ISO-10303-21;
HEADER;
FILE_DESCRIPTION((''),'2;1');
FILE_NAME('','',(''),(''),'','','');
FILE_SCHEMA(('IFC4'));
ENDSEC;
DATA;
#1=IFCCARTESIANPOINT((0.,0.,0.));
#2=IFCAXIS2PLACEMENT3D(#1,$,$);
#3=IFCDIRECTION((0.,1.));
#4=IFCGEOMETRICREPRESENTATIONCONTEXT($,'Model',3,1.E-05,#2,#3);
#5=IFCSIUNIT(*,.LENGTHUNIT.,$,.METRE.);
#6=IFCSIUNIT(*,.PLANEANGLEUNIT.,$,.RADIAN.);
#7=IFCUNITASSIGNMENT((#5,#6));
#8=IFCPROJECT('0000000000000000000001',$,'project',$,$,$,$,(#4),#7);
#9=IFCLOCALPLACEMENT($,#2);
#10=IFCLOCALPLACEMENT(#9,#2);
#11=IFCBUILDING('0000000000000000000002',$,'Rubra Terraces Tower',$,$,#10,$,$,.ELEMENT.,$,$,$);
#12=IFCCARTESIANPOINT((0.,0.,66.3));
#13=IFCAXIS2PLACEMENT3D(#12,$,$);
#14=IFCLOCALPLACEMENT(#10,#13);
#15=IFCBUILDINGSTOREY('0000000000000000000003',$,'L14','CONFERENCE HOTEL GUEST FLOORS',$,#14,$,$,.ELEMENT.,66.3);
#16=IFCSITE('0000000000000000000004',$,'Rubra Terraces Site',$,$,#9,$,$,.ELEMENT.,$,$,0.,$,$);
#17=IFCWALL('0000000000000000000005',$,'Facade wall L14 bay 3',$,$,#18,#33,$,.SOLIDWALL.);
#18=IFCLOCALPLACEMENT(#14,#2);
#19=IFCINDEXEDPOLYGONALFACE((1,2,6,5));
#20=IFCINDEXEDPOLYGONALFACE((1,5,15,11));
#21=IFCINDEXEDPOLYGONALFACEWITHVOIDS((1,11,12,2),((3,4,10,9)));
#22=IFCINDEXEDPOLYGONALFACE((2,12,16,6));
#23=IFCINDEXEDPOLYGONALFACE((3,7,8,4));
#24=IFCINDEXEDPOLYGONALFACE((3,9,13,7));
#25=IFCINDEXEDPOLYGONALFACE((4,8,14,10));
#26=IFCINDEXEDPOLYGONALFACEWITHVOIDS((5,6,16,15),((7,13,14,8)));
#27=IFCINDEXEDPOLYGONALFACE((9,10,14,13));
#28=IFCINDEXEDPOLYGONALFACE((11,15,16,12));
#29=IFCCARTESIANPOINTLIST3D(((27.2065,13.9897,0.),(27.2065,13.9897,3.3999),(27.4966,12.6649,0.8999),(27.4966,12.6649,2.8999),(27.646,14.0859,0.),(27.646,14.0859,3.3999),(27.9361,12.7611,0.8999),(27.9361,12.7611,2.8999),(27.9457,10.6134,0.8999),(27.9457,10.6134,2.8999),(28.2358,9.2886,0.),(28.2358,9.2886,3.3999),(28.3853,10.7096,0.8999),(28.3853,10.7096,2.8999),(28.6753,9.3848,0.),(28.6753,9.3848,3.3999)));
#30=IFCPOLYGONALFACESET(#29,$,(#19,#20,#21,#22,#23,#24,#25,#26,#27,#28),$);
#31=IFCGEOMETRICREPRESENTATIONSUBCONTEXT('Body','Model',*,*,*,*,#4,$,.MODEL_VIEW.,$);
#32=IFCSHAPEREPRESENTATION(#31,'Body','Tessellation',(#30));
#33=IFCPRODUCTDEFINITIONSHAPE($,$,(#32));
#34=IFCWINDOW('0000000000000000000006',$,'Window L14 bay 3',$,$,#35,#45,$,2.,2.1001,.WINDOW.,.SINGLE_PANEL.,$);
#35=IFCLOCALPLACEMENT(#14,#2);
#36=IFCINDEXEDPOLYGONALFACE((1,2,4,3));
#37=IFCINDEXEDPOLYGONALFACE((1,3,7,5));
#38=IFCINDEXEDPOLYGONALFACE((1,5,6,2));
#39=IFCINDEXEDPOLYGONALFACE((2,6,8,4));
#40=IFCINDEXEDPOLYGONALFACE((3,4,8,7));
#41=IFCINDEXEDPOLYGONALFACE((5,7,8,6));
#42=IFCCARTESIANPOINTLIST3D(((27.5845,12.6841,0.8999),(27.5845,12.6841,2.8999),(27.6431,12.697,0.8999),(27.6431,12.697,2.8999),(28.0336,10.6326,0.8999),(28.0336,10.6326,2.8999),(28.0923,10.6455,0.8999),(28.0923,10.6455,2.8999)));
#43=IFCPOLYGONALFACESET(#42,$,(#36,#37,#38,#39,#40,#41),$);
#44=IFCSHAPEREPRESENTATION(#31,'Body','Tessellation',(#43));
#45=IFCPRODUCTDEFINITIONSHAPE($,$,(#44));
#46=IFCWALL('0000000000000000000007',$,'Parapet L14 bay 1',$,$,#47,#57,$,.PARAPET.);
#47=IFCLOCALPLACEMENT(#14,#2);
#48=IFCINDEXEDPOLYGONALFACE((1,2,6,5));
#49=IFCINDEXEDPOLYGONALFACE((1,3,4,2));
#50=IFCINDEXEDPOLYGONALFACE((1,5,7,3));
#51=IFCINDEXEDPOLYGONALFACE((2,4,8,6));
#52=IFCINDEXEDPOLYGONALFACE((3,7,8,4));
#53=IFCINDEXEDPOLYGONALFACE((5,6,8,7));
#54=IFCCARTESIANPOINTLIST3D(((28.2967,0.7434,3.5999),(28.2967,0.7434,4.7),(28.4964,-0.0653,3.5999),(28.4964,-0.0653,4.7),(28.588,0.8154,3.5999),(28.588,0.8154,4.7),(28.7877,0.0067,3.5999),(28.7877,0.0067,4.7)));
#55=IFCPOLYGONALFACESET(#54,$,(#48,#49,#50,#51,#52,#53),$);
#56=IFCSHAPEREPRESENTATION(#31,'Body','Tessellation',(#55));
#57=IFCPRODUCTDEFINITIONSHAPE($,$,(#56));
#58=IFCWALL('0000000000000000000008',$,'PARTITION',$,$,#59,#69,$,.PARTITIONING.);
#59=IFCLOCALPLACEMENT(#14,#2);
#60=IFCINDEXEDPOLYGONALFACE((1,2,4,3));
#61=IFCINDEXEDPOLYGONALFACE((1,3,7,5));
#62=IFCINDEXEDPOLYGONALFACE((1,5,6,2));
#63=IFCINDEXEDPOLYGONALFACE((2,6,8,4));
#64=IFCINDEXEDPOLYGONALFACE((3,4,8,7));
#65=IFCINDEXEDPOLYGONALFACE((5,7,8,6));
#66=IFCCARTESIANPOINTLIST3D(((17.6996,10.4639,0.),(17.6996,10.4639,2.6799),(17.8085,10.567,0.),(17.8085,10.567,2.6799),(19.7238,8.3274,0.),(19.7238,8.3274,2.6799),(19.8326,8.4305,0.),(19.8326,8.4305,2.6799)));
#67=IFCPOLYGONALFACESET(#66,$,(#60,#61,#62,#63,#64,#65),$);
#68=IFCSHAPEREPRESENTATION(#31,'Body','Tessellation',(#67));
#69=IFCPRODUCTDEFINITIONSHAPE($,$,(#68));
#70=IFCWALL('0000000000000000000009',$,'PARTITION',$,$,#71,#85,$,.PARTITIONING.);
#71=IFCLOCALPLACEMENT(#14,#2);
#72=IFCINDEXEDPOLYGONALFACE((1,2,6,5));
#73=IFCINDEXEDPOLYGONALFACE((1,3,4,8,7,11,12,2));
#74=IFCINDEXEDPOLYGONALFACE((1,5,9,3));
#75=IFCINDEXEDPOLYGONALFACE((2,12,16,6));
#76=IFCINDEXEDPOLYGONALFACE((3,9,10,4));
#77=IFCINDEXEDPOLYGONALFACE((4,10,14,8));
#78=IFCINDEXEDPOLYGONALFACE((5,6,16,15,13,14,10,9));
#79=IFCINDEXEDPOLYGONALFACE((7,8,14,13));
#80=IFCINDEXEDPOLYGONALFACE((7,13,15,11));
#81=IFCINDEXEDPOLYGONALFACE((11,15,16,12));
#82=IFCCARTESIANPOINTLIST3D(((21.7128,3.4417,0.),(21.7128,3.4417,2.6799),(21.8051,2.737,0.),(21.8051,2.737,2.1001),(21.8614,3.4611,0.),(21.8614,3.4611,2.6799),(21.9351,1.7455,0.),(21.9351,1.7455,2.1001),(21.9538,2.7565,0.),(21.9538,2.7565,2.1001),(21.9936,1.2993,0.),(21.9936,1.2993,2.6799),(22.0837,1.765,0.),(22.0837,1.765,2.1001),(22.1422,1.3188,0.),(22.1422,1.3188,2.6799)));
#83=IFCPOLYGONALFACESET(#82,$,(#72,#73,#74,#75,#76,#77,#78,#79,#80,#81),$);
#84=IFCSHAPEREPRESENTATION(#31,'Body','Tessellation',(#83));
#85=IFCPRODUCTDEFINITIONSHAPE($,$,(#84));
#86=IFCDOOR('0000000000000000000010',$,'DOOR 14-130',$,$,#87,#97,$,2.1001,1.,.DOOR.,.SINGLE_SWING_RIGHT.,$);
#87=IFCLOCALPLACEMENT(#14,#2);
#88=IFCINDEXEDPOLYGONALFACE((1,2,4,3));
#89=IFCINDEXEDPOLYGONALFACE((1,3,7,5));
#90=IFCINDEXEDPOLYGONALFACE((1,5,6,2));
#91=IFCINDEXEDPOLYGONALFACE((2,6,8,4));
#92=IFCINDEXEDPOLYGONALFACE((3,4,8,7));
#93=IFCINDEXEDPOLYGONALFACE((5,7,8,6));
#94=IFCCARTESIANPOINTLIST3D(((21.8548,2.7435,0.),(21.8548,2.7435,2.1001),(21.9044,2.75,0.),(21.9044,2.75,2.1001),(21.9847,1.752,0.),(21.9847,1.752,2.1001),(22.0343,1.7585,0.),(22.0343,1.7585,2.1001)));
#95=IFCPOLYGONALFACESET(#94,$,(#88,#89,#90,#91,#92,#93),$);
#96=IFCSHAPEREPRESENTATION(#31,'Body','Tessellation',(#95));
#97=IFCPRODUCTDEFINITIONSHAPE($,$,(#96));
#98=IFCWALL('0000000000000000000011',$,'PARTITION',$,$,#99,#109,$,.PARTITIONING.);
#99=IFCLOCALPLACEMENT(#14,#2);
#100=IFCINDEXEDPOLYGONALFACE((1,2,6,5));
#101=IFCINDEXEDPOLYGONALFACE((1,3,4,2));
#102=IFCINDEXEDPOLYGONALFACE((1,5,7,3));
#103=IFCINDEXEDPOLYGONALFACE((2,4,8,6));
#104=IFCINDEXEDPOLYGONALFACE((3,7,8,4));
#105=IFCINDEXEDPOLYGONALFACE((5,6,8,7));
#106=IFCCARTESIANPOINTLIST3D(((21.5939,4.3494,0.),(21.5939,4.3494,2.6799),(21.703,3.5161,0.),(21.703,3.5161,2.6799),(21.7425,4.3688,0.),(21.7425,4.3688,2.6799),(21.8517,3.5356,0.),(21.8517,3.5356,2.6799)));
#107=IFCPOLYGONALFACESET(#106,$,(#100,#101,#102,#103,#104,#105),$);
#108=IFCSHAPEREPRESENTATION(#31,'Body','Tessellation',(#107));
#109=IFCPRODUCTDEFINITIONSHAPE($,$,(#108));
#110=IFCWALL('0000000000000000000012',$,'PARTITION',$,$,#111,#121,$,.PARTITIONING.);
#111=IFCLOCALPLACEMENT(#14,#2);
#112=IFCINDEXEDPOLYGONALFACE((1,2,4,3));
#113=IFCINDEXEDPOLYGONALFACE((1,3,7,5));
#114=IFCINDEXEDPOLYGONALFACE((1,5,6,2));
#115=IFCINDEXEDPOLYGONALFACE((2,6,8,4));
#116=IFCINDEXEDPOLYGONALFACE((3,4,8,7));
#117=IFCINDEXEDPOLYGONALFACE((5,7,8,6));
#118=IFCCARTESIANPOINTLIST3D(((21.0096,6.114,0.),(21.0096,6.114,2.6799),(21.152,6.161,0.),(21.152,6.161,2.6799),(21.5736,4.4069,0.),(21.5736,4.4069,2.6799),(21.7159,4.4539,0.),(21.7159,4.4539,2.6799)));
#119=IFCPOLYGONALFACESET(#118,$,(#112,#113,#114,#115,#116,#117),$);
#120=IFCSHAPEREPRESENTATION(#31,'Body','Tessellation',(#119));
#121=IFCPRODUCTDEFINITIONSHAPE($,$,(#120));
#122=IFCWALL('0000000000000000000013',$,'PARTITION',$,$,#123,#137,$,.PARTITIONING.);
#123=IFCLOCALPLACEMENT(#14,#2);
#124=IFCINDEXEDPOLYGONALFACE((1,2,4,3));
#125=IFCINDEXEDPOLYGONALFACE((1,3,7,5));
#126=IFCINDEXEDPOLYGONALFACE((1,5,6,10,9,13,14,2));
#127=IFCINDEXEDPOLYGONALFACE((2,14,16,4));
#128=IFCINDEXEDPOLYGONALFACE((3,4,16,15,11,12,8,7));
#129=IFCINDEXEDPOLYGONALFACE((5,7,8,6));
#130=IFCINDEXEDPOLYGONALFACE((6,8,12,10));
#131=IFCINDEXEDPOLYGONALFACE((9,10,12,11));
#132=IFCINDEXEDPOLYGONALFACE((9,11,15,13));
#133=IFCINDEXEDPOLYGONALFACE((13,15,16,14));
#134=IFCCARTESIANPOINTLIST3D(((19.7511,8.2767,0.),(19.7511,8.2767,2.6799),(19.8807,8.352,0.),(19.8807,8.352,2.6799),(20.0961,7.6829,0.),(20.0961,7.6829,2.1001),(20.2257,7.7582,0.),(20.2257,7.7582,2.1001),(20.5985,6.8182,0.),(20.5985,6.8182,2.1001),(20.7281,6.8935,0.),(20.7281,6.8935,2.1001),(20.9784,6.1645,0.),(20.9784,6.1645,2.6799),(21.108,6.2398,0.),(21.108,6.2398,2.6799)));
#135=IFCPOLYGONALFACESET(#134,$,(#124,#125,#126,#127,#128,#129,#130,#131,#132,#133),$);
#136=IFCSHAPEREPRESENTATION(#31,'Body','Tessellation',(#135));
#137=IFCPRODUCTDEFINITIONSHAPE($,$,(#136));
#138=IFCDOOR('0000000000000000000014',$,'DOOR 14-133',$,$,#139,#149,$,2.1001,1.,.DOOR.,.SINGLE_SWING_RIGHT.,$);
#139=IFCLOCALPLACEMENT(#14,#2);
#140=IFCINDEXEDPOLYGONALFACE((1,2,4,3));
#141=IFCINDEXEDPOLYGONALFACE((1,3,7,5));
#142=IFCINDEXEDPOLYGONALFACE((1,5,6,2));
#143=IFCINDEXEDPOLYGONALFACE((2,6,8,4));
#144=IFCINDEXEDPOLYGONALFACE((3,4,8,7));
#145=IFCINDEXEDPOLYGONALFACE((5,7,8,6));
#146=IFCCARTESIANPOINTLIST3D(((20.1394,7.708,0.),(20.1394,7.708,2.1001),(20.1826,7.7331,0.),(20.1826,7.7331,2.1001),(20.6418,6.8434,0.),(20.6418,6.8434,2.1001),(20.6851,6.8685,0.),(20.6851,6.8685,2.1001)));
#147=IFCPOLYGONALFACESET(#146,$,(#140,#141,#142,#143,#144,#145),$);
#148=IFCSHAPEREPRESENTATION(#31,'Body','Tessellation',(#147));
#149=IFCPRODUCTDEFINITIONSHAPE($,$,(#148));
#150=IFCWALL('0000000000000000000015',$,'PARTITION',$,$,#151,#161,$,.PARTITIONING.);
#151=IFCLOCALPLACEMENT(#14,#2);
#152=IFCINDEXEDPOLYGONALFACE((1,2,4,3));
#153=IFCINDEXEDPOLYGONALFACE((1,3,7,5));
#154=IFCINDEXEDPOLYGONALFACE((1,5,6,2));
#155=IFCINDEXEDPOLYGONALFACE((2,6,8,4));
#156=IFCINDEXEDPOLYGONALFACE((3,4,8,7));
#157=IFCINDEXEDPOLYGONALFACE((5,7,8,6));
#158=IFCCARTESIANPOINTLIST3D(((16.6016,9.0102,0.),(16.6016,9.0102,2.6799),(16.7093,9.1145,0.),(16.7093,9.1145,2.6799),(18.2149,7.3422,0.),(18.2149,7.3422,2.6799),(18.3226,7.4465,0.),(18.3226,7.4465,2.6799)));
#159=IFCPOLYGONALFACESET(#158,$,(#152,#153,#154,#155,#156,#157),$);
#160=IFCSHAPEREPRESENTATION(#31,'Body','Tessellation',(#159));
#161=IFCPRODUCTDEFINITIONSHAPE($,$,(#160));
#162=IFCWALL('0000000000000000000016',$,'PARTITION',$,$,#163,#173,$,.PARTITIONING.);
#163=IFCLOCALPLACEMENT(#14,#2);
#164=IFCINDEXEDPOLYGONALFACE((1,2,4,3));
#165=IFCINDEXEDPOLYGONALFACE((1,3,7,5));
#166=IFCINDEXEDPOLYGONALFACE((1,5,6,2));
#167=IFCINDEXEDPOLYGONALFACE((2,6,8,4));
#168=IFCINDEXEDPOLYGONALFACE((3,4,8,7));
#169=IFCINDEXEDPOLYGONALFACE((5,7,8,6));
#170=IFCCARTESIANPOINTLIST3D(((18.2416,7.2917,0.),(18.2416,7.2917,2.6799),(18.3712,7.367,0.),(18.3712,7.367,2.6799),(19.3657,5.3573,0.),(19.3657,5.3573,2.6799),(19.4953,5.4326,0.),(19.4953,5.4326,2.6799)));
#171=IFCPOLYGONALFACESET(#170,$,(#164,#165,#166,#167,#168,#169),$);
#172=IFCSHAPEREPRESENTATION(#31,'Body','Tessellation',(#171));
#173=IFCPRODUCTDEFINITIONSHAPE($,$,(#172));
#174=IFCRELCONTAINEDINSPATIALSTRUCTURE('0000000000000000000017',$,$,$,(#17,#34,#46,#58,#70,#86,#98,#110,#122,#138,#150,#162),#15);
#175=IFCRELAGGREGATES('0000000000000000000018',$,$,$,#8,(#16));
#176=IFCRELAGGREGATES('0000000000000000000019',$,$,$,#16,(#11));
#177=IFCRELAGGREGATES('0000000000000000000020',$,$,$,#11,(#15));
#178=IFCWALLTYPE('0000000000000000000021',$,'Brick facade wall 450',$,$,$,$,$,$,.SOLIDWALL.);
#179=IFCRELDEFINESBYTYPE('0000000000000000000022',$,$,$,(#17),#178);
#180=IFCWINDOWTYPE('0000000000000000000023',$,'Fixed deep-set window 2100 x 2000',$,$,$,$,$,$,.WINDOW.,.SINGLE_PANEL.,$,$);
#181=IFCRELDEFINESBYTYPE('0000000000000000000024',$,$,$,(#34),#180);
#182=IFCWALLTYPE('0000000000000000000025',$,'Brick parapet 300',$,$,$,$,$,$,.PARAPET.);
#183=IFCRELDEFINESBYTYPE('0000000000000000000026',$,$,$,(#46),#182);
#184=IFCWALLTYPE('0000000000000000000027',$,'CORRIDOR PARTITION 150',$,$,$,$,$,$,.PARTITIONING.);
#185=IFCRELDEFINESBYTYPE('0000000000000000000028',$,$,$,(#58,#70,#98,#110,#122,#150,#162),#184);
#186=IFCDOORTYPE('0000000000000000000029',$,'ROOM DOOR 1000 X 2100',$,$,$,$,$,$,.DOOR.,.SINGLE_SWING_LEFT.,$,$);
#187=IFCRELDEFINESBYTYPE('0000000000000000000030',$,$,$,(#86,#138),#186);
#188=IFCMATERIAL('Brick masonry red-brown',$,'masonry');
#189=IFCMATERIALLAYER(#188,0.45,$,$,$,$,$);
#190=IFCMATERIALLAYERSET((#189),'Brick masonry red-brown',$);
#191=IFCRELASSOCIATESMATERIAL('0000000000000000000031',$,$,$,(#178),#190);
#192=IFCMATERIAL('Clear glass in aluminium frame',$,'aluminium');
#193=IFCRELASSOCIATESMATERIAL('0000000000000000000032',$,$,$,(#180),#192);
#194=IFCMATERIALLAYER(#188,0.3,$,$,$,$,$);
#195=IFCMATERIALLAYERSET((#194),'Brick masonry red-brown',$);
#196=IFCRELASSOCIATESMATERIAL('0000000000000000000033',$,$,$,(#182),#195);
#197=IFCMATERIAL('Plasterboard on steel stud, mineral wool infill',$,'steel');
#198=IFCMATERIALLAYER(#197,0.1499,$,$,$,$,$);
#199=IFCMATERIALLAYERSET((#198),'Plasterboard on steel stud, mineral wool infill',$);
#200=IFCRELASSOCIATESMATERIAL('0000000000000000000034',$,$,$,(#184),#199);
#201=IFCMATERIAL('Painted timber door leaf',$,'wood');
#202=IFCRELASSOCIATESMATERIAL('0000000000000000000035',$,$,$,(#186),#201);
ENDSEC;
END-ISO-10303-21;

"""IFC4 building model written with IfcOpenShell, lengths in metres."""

from ifc_helpers import new_model, si_unit, direction, frame, frame_2d, origin, place, context, subcontext, project, spatial, rectangle, extrude, material, layer, layer_set, type_object, element, fill, save


model = new_model("IFC4")

# Units and contexts
model_context = context("Model", 3, precision=1e-05, world=origin(), true_north=direction((0.0, 1.0)))
body_context = subcontext(model_context, "Body", "Model", "MODEL_VIEW")
ifc_project = project(units=[si_unit("LENGTHUNIT", "METRE"), si_unit("PLANEANGLEUNIT", "RADIAN")], contexts=[model_context])

# Site, building, storey
site_placement = place(None, origin())
site = spatial("IfcSite", under=ifc_project, at=site_placement, Name="Rubra Terraces Site", CompositionType="ELEMENT", RefElevation=0.0)
building_placement = place(site_placement, origin())
building = spatial("IfcBuilding", under=site, at=building_placement, Name="Rubra Terraces Tower", CompositionType="ELEMENT")
storey_placement = place(building_placement, frame((0.0, 0.0, 66.3)))
storey = spatial("IfcBuildingStorey", under=building, at=storey_placement, Name="L14", Description="CONFERENCE HOTEL GUEST FLOORS", CompositionType="ELEMENT", Elevation=66.3)

# Wall, opening, window
ifc_material_1 = material(Name="Brick masonry red-brown", Category="masonry")
ifc_layer_1 = layer(ifc_material_1, 0.45)
ifc_layer_set_1 = layer_set([ifc_layer_1], Name="Brick masonry red-brown")
wall_type_1 = type_object("IfcWallType", Name="Brick facade wall 450", PredefinedType="SOLIDWALL", material=ifc_layer_set_1)
ifc_material_2 = material(Name="Clear glass in aluminium frame", Category="aluminium")
window_type = type_object("IfcWindowType", Name="Fixed deep-set window 2100 x 2000", PartitioningType="SINGLE_PANEL", PredefinedType="WINDOW", material=ifc_material_2)
wall_1_placement = place(storey_placement, frame((28.4556, 9.3367, 0.0), z_axis=(0.0, 0.0, 1.0), x_axis=(-0.213878, 0.97686, 0.0)))
wall_1 = element("IfcWall", 1, at=wall_1_placement, inside=storey, type_object=wall_type_1, Name="Facade wall L14 bay 3", PredefinedType="SOLIDWALL", context=body_context, shape_type="SweptSolid", body=[
    extrude(rectangle(XDim=4.8125, YDim=0.45, at=frame_2d((2.4062, 0.0))), origin(), (0.0, 0.0, 1.0), 3.3999),
])
opening_1_placement = place(wall_1_placement, frame((1.3562, 0.0, 0.8999)))
opening_1 = element("IfcOpeningElement", 2, at=opening_1_placement, cuts=wall_1, PredefinedType="OPENING", context=body_context, shape_type="SweptSolid", body=[
    extrude(rectangle(XDim=2.1001, YDim=2.0, at=frame_2d((1.05, 1.0))), frame((0.0, 0.2349, 0.0), z_axis=(0.0, -1.0, 0.0), x_axis=(1.0, 0.0, 0.0)), (0.0, 0.0, 1.0), 0.47),
])
window_1_placement = place(opening_1_placement, origin())
window_1 = element("IfcWindow", 3, at=window_1_placement, inside=storey, type_object=window_type, Name="Window L14 bay 3", OverallHeight=2.0, OverallWidth=2.1001, PartitioningType="SINGLE_PANEL", PredefinedType="WINDOW", context=body_context, shape_type="SweptSolid", body=[
    extrude(rectangle(XDim=2.1001, YDim=2.0, at=frame_2d((1.05, 1.0))), frame((0.0, 0.135, 0.0), z_axis=(0.0, -1.0, 0.0), x_axis=(1.0, 0.0, 0.0)), (0.0, 0.0, 1.0), 0.0601),
])
fill(opening_1, window_1)

# Walls
ifc_layer_2 = layer(ifc_material_1, 0.3)
ifc_layer_set_2 = layer_set([ifc_layer_2], Name="Brick masonry red-brown")
wall_type_2 = type_object("IfcWallType", Name="Brick parapet 300", PredefinedType="PARAPET", material=ifc_layer_set_2)
wall_2_placement = place(storey_placement, frame((28.6421, -0.0293, 3.5999), z_axis=(0.0, 0.0, 1.0), x_axis=(-0.239776, 0.970828, 0.0)))
element("IfcWall", 4, at=wall_2_placement, inside=storey, type_object=wall_type_2, Name="Parapet L14 bay 1", PredefinedType="PARAPET", context=body_context, shape_type="SweptSolid", body=[
    extrude(rectangle(XDim=0.833, YDim=0.3, at=frame_2d((0.4165, 0.0))), origin(), (0.0, 0.0, 1.0), 1.1001),
])
ifc_material_3 = material(Name="Plasterboard on steel stud, mineral wool infill", Category="steel")
ifc_layer_3 = layer(ifc_material_3, 0.1499)
ifc_layer_set_3 = layer_set([ifc_layer_3], Name="Plasterboard on steel stud, mineral wool infill")
wall_type_3 = type_object("IfcWallType", Name="CORRIDOR PARTITION 150", PredefinedType="PARTITIONING", material=ifc_layer_set_3)
wall_3_placement = place(storey_placement, frame((19.7783, 8.3789, 0.0), z_axis=(0.0, 0.0, 1.0), x_axis=(-0.68777, 0.725929, 0.0)))
element("IfcWall", 5, at=wall_3_placement, inside=storey, type_object=wall_type_3, Name="PARTITION", PredefinedType="PARTITIONING", context=body_context, shape_type="SweptSolid", body=[
    extrude(rectangle(XDim=2.9431, YDim=0.1499, at=frame_2d((1.4717, 0.0))), origin(), (0.0, 0.0, 1.0), 2.6799),
])

# Wall, opening, door
wall_4_placement = place(storey_placement, frame((22.0679, 1.3091, 0.0), z_axis=(0.0, 0.0, 1.0), x_axis=(-0.129943, 0.991521, 0.0)))
wall_4 = element("IfcWall", 6, at=wall_4_placement, inside=storey, type_object=wall_type_3, Name="PARTITION", PredefinedType="PARTITIONING", context=body_context, shape_type="SweptSolid", body=[
    extrude(rectangle(XDim=2.1606, YDim=0.1499, at=frame_2d((1.0803, 0.0))), origin(), (0.0, 0.0, 1.0), 2.6799),
])
opening_2_placement = place(wall_4_placement, frame((0.45, 0.0, 0.0)))
opening_2 = element("IfcOpeningElement", 7, at=opening_2_placement, cuts=wall_4, PredefinedType="OPENING", context=body_context, shape_type="SweptSolid", body=[
    extrude(rectangle(XDim=1.0, YDim=2.1001, at=frame_2d((0.5, 1.05))), frame((0.0, 0.085, 0.0), z_axis=(0.0, -1.0, 0.0), x_axis=(1.0, 0.0, 0.0)), (0.0, 0.0, 1.0), 0.1699),
])
ifc_material_4 = material(Name="Painted timber door leaf", Category="wood")
door_type_1 = type_object("IfcDoorType", Name="ROOM DOOR 1000 X 2100", OperationType="SINGLE_SWING_LEFT", PredefinedType="DOOR", material=ifc_material_4)
door_1_placement = place(opening_2_placement, origin())
door_1 = element("IfcDoor", 8, at=door_1_placement, inside=storey, type_object=door_type_1, Name="DOOR 14-130", OperationType="SINGLE_SWING_RIGHT", OverallHeight=2.1001, OverallWidth=1.0, PredefinedType="DOOR", context=body_context, shape_type="SweptSolid", body=[
    extrude(rectangle(XDim=1.0, YDim=2.1001, at=frame_2d((0.5, 1.05))), frame((0.0, 0.0249, 0.0), z_axis=(0.0, -1.0, 0.0), x_axis=(1.0, 0.0, 0.0)), (0.0, 0.0, 1.0), 0.05),
])
fill(opening_2, door_1)

# Walls
wall_5_placement = place(storey_placement, frame((21.7773, 3.5259, 0.0), z_axis=(0.0, 0.0, 1.0), x_axis=(-0.129861, 0.991532, 0.0)))
element("IfcWall", 9, at=wall_5_placement, inside=storey, type_object=wall_type_3, Name="PARTITION", PredefinedType="PARTITIONING", context=body_context, shape_type="SweptSolid", body=[
    extrude(rectangle(XDim=0.8403, YDim=0.1499, at=frame_2d((0.4202, 0.0))), origin(), (0.0, 0.0, 1.0), 2.6799),
])
wall_6_placement = place(storey_placement, frame((21.6448, 4.4304, 0.0), z_axis=(0.0, 0.0, 1.0), x_axis=(-0.313701, 0.949522, 0.0)))
element("IfcWall", 10, at=wall_6_placement, inside=storey, type_object=wall_type_3, Name="PARTITION", PredefinedType="PARTITIONING", context=body_context, shape_type="SweptSolid", body=[
    extrude(rectangle(XDim=1.7979, YDim=0.1499, at=frame_2d((0.8989, 0.0))), origin(), (0.0, 0.0, 1.0), 2.6799),
])

# Wall, opening, door
wall_7_placement = place(storey_placement, frame((21.0432, 6.2021, 0.0), z_axis=(0.0, 0.0, 1.0), x_axis=(-0.502422, 0.864622, 0.0)))
wall_7 = element("IfcWall", 11, at=wall_7_placement, inside=storey, type_object=wall_type_3, Name="PARTITION", PredefinedType="PARTITIONING", context=body_context, shape_type="SweptSolid", body=[
    extrude(rectangle(XDim=2.4429, YDim=0.1499, at=frame_2d((1.2214, 0.0))), origin(), (0.0, 0.0, 1.0), 2.6799),
])
opening_3_placement = place(wall_7_placement, frame((0.7561, 0.0, 0.0)))
opening_3 = element("IfcOpeningElement", 12, at=opening_3_placement, cuts=wall_7, PredefinedType="OPENING", context=body_context, shape_type="SweptSolid", body=[
    extrude(rectangle(XDim=1.0, YDim=2.1001, at=frame_2d((0.5, 1.05))), frame((0.0, 0.085, 0.0), z_axis=(0.0, -1.0, 0.0), x_axis=(1.0, 0.0, 0.0)), (0.0, 0.0, 1.0), 0.1699),
])
door_2_placement = place(opening_3_placement, origin())
door_2 = element("IfcDoor", 13, at=door_2_placement, inside=storey, type_object=door_type_1, Name="DOOR 14-133", OperationType="SINGLE_SWING_RIGHT", OverallHeight=2.1001, OverallWidth=1.0, PredefinedType="DOOR", context=body_context, shape_type="SweptSolid", body=[
    extrude(rectangle(XDim=1.0, YDim=2.1001, at=frame_2d((0.5, 1.05))), frame((0.0, 0.0249, 0.0), z_axis=(0.0, -1.0, 0.0), x_axis=(1.0, 0.0, 0.0)), (0.0, 0.0, 1.0), 0.05),
])
fill(opening_3, door_2)

# Walls
wall_8_placement = place(storey_placement, frame((16.6555, 9.0623, 0.0), z_axis=(0.0, 0.0, 1.0), x_axis=(0.695225, -0.718792, 0.0)))
element("IfcWall", 14, at=wall_8_placement, inside=storey, type_object=wall_type_3, Name="PARTITION", PredefinedType="PARTITIONING", context=body_context, shape_type="SweptSolid", body=[
    extrude(rectangle(XDim=2.3206, YDim=0.1499, at=frame_2d((1.1602, 0.0))), origin(), (0.0, 0.0, 1.0), 2.6799),
])
wall_9_placement = place(storey_placement, frame((18.3064, 7.3293, 0.0), z_axis=(0.0, 0.0, 1.0), x_axis=(0.502425, -0.864621, 0.0)))
element("IfcWall", 15, at=wall_9_placement, inside=storey, type_object=wall_type_3, Name="PARTITION", PredefinedType="PARTITIONING", context=body_context, shape_type="SweptSolid", body=[
    extrude(rectangle(XDim=2.2373, YDim=0.1499, at=frame_2d((1.1187, 0.0))), origin(), (0.0, 0.0, 1.0), 2.6799),
])

save(model, "model.ifc")
